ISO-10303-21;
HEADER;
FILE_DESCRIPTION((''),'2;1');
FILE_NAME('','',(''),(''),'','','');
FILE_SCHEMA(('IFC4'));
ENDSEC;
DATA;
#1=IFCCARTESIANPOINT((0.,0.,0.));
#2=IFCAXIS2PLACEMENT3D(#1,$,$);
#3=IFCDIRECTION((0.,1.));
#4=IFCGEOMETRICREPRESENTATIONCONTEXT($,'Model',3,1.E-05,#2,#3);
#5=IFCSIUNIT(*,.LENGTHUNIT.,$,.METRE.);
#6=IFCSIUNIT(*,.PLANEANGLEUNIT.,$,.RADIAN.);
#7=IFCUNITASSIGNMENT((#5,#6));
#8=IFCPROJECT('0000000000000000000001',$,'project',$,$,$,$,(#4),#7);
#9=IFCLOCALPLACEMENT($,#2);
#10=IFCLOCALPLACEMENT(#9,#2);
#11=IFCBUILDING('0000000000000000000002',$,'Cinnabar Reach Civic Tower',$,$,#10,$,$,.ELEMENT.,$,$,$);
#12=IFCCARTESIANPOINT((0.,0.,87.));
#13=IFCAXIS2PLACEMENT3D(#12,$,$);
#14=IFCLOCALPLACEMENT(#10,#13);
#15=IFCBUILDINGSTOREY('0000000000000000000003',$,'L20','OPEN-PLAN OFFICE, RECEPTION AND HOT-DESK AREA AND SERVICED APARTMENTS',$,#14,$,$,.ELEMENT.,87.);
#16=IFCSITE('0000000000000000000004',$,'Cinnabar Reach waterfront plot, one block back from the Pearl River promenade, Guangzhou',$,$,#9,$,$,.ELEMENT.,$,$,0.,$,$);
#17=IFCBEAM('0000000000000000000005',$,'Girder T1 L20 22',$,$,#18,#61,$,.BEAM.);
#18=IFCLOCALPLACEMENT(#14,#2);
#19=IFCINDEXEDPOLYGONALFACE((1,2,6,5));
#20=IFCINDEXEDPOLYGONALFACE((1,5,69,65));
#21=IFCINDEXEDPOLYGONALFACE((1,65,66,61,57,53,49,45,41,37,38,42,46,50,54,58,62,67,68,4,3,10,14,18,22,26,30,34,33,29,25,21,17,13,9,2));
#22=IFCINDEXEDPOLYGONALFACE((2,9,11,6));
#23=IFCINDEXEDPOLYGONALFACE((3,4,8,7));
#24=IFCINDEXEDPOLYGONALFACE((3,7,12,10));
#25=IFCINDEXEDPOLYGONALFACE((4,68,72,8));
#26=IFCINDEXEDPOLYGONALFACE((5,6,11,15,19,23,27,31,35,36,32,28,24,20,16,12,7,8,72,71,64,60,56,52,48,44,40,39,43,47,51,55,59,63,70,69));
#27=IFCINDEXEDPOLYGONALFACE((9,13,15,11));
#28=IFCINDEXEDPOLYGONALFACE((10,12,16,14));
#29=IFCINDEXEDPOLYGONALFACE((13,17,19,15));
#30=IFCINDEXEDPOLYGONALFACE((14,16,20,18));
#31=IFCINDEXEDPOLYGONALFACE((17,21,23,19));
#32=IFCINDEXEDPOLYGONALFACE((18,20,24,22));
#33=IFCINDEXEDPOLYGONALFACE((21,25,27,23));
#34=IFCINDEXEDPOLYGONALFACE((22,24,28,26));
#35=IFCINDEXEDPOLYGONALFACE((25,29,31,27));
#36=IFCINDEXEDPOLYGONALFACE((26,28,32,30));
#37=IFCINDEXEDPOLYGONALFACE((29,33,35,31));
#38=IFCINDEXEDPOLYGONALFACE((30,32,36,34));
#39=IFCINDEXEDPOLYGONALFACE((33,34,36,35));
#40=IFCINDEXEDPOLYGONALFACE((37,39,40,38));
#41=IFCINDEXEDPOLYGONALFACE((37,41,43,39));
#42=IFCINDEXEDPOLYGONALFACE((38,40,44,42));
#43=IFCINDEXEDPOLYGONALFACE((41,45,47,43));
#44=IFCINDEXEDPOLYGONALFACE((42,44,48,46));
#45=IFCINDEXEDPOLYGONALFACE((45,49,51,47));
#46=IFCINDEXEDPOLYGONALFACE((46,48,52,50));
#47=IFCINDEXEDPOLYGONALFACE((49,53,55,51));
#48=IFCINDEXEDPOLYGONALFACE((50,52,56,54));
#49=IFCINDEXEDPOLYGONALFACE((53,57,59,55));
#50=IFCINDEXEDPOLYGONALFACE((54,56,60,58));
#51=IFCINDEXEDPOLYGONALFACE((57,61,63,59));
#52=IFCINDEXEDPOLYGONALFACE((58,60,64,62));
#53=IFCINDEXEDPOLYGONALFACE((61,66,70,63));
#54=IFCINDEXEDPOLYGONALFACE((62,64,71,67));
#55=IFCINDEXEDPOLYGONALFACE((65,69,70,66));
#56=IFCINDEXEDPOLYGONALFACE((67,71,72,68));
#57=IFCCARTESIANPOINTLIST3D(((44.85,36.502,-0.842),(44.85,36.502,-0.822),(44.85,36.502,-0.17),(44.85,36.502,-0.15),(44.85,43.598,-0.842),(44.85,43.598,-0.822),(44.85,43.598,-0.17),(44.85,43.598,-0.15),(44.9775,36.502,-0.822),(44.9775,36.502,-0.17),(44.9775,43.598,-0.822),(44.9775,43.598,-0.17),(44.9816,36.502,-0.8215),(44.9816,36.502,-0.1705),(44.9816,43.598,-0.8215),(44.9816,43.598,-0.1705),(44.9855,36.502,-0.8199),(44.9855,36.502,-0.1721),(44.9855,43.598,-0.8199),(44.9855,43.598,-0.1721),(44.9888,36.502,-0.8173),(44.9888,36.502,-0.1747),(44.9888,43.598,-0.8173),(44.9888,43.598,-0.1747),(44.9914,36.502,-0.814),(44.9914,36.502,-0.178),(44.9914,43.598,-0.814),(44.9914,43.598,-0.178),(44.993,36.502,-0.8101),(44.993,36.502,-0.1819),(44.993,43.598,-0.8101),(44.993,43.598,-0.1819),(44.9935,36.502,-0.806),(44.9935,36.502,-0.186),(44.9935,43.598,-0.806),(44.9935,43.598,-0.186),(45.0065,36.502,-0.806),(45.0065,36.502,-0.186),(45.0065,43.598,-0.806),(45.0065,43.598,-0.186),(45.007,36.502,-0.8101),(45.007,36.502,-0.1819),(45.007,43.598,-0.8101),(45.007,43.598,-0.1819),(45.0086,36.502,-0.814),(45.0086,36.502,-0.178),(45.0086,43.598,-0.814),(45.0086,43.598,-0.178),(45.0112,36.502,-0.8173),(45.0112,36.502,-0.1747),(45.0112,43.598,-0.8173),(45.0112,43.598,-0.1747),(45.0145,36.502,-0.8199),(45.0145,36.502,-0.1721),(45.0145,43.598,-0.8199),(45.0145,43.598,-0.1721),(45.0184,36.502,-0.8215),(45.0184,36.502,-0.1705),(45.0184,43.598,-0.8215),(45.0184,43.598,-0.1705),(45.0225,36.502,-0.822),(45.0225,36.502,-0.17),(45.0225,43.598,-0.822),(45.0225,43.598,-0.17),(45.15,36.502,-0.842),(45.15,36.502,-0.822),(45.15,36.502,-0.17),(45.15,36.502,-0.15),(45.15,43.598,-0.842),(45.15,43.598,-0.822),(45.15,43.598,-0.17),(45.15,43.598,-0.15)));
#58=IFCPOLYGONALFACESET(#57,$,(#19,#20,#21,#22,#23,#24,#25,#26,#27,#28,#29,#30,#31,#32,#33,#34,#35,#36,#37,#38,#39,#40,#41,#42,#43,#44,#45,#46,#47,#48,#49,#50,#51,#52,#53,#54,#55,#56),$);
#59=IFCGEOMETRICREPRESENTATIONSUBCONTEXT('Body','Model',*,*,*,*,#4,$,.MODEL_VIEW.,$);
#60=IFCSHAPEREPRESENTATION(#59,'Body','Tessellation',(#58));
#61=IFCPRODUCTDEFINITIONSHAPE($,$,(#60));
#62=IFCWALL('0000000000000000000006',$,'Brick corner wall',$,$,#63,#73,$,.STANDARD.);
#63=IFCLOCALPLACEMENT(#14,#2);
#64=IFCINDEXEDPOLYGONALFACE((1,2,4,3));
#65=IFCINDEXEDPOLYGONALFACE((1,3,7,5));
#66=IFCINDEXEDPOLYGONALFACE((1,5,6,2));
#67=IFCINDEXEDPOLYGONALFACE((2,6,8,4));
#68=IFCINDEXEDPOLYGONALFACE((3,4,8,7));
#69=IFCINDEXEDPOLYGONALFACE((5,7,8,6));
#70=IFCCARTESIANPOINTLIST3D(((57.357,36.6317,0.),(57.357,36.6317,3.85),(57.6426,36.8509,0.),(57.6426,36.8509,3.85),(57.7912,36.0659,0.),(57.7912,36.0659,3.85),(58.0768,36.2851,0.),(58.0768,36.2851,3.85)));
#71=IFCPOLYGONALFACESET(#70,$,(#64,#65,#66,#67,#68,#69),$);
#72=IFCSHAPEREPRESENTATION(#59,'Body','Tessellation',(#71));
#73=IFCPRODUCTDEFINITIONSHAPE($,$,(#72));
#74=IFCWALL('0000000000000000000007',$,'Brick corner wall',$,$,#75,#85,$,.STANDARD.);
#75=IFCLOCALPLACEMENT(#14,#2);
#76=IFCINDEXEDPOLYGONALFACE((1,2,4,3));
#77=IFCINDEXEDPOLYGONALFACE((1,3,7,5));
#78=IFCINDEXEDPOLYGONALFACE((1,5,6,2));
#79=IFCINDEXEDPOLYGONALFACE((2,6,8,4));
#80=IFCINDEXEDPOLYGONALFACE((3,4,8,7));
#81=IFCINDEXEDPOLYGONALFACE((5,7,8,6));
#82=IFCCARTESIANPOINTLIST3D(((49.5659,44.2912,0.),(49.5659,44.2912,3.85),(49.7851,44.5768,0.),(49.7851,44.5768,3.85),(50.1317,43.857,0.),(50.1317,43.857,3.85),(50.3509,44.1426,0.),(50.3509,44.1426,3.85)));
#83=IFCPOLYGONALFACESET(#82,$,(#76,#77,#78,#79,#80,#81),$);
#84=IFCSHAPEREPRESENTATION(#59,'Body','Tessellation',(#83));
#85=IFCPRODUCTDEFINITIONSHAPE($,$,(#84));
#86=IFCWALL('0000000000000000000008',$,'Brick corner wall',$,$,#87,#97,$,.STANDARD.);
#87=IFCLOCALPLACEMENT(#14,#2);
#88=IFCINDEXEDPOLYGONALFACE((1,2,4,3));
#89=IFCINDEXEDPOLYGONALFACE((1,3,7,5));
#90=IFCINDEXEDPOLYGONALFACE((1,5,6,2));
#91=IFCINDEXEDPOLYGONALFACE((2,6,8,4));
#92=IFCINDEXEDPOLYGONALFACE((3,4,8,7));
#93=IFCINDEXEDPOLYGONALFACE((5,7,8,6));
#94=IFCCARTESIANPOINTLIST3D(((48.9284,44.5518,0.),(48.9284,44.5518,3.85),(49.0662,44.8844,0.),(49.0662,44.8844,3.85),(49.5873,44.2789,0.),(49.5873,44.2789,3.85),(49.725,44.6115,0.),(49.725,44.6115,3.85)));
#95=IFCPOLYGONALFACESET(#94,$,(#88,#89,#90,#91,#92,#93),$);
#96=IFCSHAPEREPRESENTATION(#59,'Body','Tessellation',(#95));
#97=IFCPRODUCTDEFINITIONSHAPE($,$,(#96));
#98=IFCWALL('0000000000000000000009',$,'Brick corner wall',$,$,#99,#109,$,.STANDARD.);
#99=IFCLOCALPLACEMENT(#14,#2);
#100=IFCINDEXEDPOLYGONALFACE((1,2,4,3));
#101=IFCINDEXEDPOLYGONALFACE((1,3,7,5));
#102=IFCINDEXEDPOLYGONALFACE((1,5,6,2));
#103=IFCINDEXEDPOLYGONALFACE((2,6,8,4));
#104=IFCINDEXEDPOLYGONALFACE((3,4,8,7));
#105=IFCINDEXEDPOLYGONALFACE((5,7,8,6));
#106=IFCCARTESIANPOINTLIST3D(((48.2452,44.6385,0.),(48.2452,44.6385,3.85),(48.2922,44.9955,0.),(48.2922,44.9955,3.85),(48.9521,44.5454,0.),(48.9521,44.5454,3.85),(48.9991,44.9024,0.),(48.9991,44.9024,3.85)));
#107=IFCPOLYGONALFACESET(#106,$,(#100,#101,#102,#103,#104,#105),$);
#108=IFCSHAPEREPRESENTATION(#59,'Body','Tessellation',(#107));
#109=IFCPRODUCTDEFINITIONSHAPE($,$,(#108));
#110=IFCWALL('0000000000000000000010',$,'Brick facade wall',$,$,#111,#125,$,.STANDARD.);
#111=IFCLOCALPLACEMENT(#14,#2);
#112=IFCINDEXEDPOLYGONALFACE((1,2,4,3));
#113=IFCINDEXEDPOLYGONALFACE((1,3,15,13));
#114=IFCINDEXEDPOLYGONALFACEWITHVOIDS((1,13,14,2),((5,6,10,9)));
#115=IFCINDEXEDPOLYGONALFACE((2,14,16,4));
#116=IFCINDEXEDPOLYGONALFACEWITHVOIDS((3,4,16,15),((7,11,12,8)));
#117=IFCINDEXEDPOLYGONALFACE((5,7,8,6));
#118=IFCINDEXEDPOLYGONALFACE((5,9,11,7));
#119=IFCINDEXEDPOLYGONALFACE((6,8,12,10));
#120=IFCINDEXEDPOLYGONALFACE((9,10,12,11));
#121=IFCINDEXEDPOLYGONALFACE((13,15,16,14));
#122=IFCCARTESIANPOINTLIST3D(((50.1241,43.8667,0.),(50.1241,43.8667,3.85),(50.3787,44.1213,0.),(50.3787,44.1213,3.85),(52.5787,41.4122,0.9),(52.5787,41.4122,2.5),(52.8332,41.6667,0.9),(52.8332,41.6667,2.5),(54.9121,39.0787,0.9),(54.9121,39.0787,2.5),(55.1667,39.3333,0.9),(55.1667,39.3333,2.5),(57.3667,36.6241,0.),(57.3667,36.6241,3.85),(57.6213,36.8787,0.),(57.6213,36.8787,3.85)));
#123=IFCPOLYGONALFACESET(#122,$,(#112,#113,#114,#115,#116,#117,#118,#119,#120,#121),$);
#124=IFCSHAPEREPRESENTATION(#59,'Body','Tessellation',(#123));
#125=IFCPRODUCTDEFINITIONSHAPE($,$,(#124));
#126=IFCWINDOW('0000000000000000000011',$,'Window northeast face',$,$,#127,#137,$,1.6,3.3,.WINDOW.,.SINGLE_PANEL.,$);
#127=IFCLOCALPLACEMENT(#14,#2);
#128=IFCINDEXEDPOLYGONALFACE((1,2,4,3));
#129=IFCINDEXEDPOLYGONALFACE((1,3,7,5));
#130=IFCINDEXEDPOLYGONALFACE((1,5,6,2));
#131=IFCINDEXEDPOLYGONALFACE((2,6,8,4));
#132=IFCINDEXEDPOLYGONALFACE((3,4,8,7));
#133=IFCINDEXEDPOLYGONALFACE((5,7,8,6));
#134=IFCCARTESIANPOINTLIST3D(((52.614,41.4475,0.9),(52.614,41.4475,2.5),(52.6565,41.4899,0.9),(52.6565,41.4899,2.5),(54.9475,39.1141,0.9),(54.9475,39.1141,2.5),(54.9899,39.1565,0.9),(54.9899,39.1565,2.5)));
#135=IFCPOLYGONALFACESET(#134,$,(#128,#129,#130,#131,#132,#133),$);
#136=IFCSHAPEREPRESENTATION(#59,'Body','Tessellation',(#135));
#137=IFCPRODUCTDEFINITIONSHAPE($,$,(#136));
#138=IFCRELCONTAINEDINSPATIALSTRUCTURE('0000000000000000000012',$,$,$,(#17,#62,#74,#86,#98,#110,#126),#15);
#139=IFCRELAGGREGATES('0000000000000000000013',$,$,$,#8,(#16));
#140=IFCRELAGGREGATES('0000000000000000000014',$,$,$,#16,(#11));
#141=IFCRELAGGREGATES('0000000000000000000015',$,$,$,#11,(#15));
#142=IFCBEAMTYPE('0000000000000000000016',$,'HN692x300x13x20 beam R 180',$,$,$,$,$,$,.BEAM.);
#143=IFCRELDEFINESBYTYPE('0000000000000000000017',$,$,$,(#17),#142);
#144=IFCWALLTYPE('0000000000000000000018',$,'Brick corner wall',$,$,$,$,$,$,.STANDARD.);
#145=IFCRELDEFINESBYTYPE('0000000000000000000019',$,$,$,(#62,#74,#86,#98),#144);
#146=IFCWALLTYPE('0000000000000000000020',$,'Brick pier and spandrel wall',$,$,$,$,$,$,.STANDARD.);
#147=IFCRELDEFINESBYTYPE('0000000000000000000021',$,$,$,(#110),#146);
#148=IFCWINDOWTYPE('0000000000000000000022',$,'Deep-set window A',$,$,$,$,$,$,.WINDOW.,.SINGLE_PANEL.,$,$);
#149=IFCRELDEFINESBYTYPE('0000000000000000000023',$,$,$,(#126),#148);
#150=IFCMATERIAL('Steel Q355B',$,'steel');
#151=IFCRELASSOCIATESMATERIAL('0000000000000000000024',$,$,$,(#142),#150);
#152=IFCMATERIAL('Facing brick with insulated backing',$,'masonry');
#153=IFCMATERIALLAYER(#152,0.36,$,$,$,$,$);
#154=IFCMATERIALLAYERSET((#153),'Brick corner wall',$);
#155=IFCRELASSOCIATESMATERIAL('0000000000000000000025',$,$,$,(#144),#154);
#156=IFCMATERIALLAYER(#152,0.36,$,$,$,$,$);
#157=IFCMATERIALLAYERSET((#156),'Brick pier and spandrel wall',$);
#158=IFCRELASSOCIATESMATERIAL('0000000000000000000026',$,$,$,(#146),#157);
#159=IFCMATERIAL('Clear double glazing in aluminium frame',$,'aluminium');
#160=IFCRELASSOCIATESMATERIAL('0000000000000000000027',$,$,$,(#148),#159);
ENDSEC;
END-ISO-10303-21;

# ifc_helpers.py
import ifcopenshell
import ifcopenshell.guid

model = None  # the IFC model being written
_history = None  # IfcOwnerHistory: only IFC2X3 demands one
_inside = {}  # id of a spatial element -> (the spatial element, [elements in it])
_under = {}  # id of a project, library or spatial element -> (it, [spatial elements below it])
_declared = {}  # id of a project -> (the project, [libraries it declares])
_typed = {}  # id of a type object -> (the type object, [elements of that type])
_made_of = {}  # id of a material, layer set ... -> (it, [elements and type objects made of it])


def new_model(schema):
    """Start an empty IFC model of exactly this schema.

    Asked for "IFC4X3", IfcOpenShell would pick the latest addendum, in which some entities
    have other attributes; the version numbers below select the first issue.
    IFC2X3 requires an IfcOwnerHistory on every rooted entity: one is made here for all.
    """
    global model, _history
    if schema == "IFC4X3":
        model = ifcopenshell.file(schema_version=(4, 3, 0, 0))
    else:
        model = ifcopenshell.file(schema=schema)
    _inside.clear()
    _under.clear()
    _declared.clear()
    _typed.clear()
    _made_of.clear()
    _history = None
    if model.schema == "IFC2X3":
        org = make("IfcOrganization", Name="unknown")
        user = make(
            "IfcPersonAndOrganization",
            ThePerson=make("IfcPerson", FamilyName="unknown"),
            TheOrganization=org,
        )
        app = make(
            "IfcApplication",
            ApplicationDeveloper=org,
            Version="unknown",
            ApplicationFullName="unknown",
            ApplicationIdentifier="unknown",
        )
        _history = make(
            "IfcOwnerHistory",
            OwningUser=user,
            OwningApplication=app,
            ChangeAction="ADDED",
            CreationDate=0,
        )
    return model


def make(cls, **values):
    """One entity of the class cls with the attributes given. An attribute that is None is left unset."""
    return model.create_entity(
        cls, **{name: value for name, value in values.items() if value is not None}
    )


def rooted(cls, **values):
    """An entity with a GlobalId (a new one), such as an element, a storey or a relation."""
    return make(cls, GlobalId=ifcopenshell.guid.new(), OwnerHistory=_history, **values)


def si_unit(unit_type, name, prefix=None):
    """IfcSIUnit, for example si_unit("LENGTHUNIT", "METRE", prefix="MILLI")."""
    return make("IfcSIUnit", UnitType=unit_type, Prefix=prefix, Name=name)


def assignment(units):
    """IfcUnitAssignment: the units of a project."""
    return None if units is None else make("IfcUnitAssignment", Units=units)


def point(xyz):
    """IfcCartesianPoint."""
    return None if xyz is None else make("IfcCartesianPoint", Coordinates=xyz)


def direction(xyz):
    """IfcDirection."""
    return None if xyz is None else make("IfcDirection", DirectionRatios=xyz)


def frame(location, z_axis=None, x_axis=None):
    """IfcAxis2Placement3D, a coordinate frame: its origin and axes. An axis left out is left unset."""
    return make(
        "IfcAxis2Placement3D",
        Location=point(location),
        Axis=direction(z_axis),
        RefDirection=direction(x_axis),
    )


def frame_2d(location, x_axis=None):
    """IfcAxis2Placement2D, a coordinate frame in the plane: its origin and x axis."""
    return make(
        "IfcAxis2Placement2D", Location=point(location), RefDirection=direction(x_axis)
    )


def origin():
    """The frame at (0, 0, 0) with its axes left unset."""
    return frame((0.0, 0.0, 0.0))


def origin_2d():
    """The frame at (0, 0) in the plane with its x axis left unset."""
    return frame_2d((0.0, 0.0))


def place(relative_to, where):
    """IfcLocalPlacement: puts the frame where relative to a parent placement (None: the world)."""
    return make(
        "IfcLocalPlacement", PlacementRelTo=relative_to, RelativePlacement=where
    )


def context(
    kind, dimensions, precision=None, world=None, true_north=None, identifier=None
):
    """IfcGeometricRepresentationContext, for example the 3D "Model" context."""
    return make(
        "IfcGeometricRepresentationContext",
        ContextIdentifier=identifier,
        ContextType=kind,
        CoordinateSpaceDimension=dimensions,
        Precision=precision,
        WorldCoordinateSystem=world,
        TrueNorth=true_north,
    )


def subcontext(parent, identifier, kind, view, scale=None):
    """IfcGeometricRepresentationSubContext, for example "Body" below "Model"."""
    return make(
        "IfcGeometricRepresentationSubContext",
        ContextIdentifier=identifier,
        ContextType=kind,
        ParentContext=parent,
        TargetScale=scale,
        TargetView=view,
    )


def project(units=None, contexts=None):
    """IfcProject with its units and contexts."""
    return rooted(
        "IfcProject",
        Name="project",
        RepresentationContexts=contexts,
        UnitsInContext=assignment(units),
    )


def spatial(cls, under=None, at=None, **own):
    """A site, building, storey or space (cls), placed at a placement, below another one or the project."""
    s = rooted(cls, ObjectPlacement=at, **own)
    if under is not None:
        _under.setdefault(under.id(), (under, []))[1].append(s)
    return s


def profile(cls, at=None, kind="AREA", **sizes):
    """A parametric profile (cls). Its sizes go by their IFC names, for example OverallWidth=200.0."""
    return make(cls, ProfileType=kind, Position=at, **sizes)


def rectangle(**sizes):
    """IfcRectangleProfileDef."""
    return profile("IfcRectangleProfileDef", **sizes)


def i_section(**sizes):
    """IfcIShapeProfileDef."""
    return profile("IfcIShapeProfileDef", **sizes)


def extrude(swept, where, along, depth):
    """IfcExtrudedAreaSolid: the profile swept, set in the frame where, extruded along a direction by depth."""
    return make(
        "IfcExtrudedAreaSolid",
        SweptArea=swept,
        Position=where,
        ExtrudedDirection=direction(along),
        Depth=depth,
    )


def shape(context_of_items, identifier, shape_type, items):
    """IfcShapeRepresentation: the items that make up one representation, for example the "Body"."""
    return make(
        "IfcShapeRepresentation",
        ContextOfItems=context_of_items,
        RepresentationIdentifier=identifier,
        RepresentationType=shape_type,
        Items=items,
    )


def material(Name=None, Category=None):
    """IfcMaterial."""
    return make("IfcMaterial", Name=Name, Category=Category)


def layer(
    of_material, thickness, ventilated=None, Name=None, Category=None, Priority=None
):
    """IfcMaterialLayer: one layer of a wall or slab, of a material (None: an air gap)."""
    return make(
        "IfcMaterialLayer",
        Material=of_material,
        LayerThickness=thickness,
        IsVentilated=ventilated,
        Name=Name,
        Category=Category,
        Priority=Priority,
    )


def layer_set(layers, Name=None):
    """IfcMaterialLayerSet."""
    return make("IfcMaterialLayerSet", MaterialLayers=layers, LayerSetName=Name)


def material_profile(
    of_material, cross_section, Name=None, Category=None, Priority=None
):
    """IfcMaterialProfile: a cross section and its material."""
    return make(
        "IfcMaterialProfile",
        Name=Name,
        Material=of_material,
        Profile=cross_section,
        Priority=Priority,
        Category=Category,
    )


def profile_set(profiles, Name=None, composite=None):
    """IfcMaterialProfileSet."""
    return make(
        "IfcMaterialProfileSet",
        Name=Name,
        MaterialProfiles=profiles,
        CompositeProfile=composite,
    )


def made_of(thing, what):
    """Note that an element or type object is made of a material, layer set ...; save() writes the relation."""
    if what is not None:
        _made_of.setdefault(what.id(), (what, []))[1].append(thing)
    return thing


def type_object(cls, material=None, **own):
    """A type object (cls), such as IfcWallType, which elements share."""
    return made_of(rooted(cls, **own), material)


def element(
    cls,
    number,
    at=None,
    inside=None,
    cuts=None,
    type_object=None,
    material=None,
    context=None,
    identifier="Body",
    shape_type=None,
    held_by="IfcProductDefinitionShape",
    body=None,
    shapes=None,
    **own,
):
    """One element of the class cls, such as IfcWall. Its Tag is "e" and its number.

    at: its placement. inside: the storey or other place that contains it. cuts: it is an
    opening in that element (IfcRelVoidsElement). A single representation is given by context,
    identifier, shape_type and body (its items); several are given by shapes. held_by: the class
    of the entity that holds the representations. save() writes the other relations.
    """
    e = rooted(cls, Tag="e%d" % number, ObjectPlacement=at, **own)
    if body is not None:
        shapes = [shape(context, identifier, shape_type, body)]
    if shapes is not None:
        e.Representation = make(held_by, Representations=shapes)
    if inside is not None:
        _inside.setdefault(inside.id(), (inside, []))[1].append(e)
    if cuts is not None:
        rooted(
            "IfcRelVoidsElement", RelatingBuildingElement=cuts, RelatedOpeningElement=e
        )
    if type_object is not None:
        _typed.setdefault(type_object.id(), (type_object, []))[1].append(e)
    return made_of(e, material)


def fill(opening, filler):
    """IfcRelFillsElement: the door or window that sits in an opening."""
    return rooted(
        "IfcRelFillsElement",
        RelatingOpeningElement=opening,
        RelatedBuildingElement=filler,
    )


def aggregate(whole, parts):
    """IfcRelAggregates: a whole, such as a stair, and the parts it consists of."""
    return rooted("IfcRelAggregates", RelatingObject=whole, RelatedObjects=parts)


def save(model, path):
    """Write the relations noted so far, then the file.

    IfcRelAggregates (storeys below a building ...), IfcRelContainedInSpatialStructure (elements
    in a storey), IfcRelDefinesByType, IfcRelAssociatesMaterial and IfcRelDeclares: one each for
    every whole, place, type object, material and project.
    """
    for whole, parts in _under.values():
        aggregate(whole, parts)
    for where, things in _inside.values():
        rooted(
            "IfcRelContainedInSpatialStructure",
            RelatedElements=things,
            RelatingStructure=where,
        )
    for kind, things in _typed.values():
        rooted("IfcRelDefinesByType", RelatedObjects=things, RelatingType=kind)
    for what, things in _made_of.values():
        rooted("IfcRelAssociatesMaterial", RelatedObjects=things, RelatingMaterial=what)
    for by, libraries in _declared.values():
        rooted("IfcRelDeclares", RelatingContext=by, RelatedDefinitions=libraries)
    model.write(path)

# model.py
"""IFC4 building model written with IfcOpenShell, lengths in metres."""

from ifc_helpers import new_model, si_unit, direction, frame, frame_2d, origin, origin_2d, place, context, subcontext, project, spatial, rectangle, i_section, extrude, material, layer, layer_set, material_profile, profile_set, type_object, element, fill, save


model = new_model("IFC4")

# Units and contexts
model_context = context("Model", 3, precision=1e-05, world=origin(), true_north=direction((0.0, 1.0)))
body_context = subcontext(model_context, "Body", "Model", "MODEL_VIEW")
ifc_project = project(units=[si_unit("LENGTHUNIT", "METRE"), si_unit("PLANEANGLEUNIT", "RADIAN")], contexts=[model_context])

# Site, building, storey
site_placement = place(None, origin())
site = spatial("IfcSite", under=ifc_project, at=site_placement, Name="Cinnabar Reach waterfront plot, one block back from the Pearl River promenade, Guangzhou", CompositionType="ELEMENT", RefElevation=0.0)
building_placement = place(site_placement, origin())
building = spatial("IfcBuilding", under=site, at=building_placement, Name="Cinnabar Reach Civic Tower", CompositionType="ELEMENT")
storey_placement = place(building_placement, frame((0.0, 0.0, 87.0)))
storey = spatial("IfcBuildingStorey", under=building, at=storey_placement, Name="L20", Description="OPEN-PLAN OFFICE, RECEPTION AND HOT-DESK AREA AND SERVICED APARTMENTS", CompositionType="ELEMENT", Elevation=87.0)

# Beam
ifc_material_1 = material(Name="Steel Q355B", Category="steel")
ifc_material_profile_1 = material_profile(ifc_material_1, i_section(OverallWidth=0.3, OverallDepth=0.692, WebThickness=0.013, FlangeThickness=0.02, FilletRadius=0.016, at=origin_2d()), Name="HN692x300x13x20")
ifc_profile_set_1 = profile_set([ifc_material_profile_1], Name="Steel Q355B")
beam_type_1 = type_object("IfcBeamType", Name="HN692x300x13x20 beam R 180", PredefinedType="BEAM", material=ifc_profile_set_1)
beam_1_placement = place(storey_placement, frame((45.0, 36.502, -0.496), z_axis=(0.0, 1.0, 0.0), x_axis=(-1.0, 0.0, 0.0)))
element("IfcBeam", 1, at=beam_1_placement, inside=storey, type_object=beam_type_1, Name="Girder T1 L20 22", PredefinedType="BEAM", context=body_context, shape_type="SweptSolid", body=[
    extrude(i_section(OverallWidth=0.3, OverallDepth=0.692, WebThickness=0.013, FlangeThickness=0.02, FilletRadius=0.016, at=origin_2d()), origin(), (0.0, 0.0, 1.0), 7.096),
])

# Walls
ifc_material_2 = material(Name="Facing brick with insulated backing", Category="masonry")
ifc_layer_1 = layer(ifc_material_2, 0.36)
ifc_layer_set_1 = layer_set([ifc_layer_1], Name="Brick corner wall")
wall_type_1 = type_object("IfcWallType", Name="Brick corner wall", PredefinedType="STANDARD", material=ifc_layer_set_1)
for number, where, z_axis, x_axis, name in (
    (2, (57.934, 36.1755, 0.0), (0.0, 0.0, 1.0), (-0.608802, 0.793322, 0.0), "Brick corner wall"),
    (3, (50.2413, 43.9998, 0.0), (0.0, 0.0, 1.0), (-0.793322, 0.608802, 0.0), "Brick corner wall"),
):
    element("IfcWall", number, at=place(storey_placement, frame(where, z_axis=z_axis, x_axis=x_axis)), inside=storey, type_object=wall_type_1, Name=name, PredefinedType="STANDARD", context=body_context, shape_type="SweptSolid", body=[
        extrude(rectangle(XDim=0.7132, YDim=0.36, at=frame_2d((0.3566, 0.0))), origin(), (0.0, 0.0, 1.0), 3.85),
    ])
for number, where, z_axis, x_axis, name in (
    (4, (49.6561, 44.4452, 0.0), (0.0, 0.0, 1.0), (-0.923872, 0.382703, 0.0), "Brick corner wall"),
    (5, (48.9756, 44.7239, 0.0), (0.0, 0.0, 1.0), (-0.991441, 0.130556, 0.0), "Brick corner wall"),
):
    element("IfcWall", number, at=place(storey_placement, frame(where, z_axis=z_axis, x_axis=x_axis)), inside=storey, type_object=wall_type_1, Name=name, PredefinedType="STANDARD", context=body_context, shape_type="SweptSolid", body=[
        extrude(rectangle(XDim=0.7131, YDim=0.36, at=frame_2d((0.3565, 0.0))), origin(), (0.0, 0.0, 1.0), 3.85),
    ])

# Wall, opening, window
ifc_layer_2 = layer(ifc_material_2, 0.36)
ifc_layer_set_2 = layer_set([ifc_layer_2], Name="Brick pier and spandrel wall")
wall_type_2 = type_object("IfcWallType", Name="Brick pier and spandrel wall", PredefinedType="STANDARD", material=ifc_layer_set_2)
wall_1_placement = place(storey_placement, frame((57.494, 36.7514, 0.0), z_axis=(0.0, 0.0, 1.0), x_axis=(-0.707107, 0.707107, 0.0)))
wall_1 = element("IfcWall", 6, at=wall_1_placement, inside=storey, type_object=wall_type_2, Name="Brick facade wall", PredefinedType="STANDARD", context=body_context, shape_type="SweptSolid", body=[
    extrude(rectangle(XDim=10.2426, YDim=0.36, at=frame_2d((5.1213, 0.0))), origin(), (0.0, 0.0, 1.0), 3.85),
])
opening_1_placement = place(wall_1_placement, frame((3.4713, 0.0, 0.9)))
opening_1 = element("IfcOpeningElement", 7, at=opening_1_placement, cuts=wall_1, PredefinedType="OPENING", context=body_context, shape_type="SweptSolid", body=[
    extrude(rectangle(XDim=3.3, YDim=1.6, at=frame_2d((1.65, 0.8))), frame((0.0, 0.19, 0.0), z_axis=(0.0, -1.0, 0.0), x_axis=(1.0, 0.0, 0.0)), (0.0, 0.0, 1.0), 0.38),
])
ifc_material_3 = material(Name="Clear double glazing in aluminium frame", Category="aluminium")
window_type_1 = type_object("IfcWindowType", Name="Deep-set window A", PartitioningType="SINGLE_PANEL", PredefinedType="WINDOW", material=ifc_material_3)
window_1_placement = place(opening_1_placement, origin())
window_1 = element("IfcWindow", 8, at=window_1_placement, inside=storey, type_object=window_type_1, Name="Window northeast face", OverallHeight=1.6, OverallWidth=3.3, PartitioningType="SINGLE_PANEL", PredefinedType="WINDOW", context=body_context, shape_type="SweptSolid", body=[
    extrude(rectangle(XDim=3.3, YDim=1.6, at=frame_2d((1.65, 0.8))), frame((0.0, 0.13, 0.0), z_axis=(0.0, -1.0, 0.0), x_axis=(1.0, 0.0, 0.0)), (0.0, 0.0, 1.0), 0.06),
])
fill(opening_1, window_1)

save(model, "model.ifc")
